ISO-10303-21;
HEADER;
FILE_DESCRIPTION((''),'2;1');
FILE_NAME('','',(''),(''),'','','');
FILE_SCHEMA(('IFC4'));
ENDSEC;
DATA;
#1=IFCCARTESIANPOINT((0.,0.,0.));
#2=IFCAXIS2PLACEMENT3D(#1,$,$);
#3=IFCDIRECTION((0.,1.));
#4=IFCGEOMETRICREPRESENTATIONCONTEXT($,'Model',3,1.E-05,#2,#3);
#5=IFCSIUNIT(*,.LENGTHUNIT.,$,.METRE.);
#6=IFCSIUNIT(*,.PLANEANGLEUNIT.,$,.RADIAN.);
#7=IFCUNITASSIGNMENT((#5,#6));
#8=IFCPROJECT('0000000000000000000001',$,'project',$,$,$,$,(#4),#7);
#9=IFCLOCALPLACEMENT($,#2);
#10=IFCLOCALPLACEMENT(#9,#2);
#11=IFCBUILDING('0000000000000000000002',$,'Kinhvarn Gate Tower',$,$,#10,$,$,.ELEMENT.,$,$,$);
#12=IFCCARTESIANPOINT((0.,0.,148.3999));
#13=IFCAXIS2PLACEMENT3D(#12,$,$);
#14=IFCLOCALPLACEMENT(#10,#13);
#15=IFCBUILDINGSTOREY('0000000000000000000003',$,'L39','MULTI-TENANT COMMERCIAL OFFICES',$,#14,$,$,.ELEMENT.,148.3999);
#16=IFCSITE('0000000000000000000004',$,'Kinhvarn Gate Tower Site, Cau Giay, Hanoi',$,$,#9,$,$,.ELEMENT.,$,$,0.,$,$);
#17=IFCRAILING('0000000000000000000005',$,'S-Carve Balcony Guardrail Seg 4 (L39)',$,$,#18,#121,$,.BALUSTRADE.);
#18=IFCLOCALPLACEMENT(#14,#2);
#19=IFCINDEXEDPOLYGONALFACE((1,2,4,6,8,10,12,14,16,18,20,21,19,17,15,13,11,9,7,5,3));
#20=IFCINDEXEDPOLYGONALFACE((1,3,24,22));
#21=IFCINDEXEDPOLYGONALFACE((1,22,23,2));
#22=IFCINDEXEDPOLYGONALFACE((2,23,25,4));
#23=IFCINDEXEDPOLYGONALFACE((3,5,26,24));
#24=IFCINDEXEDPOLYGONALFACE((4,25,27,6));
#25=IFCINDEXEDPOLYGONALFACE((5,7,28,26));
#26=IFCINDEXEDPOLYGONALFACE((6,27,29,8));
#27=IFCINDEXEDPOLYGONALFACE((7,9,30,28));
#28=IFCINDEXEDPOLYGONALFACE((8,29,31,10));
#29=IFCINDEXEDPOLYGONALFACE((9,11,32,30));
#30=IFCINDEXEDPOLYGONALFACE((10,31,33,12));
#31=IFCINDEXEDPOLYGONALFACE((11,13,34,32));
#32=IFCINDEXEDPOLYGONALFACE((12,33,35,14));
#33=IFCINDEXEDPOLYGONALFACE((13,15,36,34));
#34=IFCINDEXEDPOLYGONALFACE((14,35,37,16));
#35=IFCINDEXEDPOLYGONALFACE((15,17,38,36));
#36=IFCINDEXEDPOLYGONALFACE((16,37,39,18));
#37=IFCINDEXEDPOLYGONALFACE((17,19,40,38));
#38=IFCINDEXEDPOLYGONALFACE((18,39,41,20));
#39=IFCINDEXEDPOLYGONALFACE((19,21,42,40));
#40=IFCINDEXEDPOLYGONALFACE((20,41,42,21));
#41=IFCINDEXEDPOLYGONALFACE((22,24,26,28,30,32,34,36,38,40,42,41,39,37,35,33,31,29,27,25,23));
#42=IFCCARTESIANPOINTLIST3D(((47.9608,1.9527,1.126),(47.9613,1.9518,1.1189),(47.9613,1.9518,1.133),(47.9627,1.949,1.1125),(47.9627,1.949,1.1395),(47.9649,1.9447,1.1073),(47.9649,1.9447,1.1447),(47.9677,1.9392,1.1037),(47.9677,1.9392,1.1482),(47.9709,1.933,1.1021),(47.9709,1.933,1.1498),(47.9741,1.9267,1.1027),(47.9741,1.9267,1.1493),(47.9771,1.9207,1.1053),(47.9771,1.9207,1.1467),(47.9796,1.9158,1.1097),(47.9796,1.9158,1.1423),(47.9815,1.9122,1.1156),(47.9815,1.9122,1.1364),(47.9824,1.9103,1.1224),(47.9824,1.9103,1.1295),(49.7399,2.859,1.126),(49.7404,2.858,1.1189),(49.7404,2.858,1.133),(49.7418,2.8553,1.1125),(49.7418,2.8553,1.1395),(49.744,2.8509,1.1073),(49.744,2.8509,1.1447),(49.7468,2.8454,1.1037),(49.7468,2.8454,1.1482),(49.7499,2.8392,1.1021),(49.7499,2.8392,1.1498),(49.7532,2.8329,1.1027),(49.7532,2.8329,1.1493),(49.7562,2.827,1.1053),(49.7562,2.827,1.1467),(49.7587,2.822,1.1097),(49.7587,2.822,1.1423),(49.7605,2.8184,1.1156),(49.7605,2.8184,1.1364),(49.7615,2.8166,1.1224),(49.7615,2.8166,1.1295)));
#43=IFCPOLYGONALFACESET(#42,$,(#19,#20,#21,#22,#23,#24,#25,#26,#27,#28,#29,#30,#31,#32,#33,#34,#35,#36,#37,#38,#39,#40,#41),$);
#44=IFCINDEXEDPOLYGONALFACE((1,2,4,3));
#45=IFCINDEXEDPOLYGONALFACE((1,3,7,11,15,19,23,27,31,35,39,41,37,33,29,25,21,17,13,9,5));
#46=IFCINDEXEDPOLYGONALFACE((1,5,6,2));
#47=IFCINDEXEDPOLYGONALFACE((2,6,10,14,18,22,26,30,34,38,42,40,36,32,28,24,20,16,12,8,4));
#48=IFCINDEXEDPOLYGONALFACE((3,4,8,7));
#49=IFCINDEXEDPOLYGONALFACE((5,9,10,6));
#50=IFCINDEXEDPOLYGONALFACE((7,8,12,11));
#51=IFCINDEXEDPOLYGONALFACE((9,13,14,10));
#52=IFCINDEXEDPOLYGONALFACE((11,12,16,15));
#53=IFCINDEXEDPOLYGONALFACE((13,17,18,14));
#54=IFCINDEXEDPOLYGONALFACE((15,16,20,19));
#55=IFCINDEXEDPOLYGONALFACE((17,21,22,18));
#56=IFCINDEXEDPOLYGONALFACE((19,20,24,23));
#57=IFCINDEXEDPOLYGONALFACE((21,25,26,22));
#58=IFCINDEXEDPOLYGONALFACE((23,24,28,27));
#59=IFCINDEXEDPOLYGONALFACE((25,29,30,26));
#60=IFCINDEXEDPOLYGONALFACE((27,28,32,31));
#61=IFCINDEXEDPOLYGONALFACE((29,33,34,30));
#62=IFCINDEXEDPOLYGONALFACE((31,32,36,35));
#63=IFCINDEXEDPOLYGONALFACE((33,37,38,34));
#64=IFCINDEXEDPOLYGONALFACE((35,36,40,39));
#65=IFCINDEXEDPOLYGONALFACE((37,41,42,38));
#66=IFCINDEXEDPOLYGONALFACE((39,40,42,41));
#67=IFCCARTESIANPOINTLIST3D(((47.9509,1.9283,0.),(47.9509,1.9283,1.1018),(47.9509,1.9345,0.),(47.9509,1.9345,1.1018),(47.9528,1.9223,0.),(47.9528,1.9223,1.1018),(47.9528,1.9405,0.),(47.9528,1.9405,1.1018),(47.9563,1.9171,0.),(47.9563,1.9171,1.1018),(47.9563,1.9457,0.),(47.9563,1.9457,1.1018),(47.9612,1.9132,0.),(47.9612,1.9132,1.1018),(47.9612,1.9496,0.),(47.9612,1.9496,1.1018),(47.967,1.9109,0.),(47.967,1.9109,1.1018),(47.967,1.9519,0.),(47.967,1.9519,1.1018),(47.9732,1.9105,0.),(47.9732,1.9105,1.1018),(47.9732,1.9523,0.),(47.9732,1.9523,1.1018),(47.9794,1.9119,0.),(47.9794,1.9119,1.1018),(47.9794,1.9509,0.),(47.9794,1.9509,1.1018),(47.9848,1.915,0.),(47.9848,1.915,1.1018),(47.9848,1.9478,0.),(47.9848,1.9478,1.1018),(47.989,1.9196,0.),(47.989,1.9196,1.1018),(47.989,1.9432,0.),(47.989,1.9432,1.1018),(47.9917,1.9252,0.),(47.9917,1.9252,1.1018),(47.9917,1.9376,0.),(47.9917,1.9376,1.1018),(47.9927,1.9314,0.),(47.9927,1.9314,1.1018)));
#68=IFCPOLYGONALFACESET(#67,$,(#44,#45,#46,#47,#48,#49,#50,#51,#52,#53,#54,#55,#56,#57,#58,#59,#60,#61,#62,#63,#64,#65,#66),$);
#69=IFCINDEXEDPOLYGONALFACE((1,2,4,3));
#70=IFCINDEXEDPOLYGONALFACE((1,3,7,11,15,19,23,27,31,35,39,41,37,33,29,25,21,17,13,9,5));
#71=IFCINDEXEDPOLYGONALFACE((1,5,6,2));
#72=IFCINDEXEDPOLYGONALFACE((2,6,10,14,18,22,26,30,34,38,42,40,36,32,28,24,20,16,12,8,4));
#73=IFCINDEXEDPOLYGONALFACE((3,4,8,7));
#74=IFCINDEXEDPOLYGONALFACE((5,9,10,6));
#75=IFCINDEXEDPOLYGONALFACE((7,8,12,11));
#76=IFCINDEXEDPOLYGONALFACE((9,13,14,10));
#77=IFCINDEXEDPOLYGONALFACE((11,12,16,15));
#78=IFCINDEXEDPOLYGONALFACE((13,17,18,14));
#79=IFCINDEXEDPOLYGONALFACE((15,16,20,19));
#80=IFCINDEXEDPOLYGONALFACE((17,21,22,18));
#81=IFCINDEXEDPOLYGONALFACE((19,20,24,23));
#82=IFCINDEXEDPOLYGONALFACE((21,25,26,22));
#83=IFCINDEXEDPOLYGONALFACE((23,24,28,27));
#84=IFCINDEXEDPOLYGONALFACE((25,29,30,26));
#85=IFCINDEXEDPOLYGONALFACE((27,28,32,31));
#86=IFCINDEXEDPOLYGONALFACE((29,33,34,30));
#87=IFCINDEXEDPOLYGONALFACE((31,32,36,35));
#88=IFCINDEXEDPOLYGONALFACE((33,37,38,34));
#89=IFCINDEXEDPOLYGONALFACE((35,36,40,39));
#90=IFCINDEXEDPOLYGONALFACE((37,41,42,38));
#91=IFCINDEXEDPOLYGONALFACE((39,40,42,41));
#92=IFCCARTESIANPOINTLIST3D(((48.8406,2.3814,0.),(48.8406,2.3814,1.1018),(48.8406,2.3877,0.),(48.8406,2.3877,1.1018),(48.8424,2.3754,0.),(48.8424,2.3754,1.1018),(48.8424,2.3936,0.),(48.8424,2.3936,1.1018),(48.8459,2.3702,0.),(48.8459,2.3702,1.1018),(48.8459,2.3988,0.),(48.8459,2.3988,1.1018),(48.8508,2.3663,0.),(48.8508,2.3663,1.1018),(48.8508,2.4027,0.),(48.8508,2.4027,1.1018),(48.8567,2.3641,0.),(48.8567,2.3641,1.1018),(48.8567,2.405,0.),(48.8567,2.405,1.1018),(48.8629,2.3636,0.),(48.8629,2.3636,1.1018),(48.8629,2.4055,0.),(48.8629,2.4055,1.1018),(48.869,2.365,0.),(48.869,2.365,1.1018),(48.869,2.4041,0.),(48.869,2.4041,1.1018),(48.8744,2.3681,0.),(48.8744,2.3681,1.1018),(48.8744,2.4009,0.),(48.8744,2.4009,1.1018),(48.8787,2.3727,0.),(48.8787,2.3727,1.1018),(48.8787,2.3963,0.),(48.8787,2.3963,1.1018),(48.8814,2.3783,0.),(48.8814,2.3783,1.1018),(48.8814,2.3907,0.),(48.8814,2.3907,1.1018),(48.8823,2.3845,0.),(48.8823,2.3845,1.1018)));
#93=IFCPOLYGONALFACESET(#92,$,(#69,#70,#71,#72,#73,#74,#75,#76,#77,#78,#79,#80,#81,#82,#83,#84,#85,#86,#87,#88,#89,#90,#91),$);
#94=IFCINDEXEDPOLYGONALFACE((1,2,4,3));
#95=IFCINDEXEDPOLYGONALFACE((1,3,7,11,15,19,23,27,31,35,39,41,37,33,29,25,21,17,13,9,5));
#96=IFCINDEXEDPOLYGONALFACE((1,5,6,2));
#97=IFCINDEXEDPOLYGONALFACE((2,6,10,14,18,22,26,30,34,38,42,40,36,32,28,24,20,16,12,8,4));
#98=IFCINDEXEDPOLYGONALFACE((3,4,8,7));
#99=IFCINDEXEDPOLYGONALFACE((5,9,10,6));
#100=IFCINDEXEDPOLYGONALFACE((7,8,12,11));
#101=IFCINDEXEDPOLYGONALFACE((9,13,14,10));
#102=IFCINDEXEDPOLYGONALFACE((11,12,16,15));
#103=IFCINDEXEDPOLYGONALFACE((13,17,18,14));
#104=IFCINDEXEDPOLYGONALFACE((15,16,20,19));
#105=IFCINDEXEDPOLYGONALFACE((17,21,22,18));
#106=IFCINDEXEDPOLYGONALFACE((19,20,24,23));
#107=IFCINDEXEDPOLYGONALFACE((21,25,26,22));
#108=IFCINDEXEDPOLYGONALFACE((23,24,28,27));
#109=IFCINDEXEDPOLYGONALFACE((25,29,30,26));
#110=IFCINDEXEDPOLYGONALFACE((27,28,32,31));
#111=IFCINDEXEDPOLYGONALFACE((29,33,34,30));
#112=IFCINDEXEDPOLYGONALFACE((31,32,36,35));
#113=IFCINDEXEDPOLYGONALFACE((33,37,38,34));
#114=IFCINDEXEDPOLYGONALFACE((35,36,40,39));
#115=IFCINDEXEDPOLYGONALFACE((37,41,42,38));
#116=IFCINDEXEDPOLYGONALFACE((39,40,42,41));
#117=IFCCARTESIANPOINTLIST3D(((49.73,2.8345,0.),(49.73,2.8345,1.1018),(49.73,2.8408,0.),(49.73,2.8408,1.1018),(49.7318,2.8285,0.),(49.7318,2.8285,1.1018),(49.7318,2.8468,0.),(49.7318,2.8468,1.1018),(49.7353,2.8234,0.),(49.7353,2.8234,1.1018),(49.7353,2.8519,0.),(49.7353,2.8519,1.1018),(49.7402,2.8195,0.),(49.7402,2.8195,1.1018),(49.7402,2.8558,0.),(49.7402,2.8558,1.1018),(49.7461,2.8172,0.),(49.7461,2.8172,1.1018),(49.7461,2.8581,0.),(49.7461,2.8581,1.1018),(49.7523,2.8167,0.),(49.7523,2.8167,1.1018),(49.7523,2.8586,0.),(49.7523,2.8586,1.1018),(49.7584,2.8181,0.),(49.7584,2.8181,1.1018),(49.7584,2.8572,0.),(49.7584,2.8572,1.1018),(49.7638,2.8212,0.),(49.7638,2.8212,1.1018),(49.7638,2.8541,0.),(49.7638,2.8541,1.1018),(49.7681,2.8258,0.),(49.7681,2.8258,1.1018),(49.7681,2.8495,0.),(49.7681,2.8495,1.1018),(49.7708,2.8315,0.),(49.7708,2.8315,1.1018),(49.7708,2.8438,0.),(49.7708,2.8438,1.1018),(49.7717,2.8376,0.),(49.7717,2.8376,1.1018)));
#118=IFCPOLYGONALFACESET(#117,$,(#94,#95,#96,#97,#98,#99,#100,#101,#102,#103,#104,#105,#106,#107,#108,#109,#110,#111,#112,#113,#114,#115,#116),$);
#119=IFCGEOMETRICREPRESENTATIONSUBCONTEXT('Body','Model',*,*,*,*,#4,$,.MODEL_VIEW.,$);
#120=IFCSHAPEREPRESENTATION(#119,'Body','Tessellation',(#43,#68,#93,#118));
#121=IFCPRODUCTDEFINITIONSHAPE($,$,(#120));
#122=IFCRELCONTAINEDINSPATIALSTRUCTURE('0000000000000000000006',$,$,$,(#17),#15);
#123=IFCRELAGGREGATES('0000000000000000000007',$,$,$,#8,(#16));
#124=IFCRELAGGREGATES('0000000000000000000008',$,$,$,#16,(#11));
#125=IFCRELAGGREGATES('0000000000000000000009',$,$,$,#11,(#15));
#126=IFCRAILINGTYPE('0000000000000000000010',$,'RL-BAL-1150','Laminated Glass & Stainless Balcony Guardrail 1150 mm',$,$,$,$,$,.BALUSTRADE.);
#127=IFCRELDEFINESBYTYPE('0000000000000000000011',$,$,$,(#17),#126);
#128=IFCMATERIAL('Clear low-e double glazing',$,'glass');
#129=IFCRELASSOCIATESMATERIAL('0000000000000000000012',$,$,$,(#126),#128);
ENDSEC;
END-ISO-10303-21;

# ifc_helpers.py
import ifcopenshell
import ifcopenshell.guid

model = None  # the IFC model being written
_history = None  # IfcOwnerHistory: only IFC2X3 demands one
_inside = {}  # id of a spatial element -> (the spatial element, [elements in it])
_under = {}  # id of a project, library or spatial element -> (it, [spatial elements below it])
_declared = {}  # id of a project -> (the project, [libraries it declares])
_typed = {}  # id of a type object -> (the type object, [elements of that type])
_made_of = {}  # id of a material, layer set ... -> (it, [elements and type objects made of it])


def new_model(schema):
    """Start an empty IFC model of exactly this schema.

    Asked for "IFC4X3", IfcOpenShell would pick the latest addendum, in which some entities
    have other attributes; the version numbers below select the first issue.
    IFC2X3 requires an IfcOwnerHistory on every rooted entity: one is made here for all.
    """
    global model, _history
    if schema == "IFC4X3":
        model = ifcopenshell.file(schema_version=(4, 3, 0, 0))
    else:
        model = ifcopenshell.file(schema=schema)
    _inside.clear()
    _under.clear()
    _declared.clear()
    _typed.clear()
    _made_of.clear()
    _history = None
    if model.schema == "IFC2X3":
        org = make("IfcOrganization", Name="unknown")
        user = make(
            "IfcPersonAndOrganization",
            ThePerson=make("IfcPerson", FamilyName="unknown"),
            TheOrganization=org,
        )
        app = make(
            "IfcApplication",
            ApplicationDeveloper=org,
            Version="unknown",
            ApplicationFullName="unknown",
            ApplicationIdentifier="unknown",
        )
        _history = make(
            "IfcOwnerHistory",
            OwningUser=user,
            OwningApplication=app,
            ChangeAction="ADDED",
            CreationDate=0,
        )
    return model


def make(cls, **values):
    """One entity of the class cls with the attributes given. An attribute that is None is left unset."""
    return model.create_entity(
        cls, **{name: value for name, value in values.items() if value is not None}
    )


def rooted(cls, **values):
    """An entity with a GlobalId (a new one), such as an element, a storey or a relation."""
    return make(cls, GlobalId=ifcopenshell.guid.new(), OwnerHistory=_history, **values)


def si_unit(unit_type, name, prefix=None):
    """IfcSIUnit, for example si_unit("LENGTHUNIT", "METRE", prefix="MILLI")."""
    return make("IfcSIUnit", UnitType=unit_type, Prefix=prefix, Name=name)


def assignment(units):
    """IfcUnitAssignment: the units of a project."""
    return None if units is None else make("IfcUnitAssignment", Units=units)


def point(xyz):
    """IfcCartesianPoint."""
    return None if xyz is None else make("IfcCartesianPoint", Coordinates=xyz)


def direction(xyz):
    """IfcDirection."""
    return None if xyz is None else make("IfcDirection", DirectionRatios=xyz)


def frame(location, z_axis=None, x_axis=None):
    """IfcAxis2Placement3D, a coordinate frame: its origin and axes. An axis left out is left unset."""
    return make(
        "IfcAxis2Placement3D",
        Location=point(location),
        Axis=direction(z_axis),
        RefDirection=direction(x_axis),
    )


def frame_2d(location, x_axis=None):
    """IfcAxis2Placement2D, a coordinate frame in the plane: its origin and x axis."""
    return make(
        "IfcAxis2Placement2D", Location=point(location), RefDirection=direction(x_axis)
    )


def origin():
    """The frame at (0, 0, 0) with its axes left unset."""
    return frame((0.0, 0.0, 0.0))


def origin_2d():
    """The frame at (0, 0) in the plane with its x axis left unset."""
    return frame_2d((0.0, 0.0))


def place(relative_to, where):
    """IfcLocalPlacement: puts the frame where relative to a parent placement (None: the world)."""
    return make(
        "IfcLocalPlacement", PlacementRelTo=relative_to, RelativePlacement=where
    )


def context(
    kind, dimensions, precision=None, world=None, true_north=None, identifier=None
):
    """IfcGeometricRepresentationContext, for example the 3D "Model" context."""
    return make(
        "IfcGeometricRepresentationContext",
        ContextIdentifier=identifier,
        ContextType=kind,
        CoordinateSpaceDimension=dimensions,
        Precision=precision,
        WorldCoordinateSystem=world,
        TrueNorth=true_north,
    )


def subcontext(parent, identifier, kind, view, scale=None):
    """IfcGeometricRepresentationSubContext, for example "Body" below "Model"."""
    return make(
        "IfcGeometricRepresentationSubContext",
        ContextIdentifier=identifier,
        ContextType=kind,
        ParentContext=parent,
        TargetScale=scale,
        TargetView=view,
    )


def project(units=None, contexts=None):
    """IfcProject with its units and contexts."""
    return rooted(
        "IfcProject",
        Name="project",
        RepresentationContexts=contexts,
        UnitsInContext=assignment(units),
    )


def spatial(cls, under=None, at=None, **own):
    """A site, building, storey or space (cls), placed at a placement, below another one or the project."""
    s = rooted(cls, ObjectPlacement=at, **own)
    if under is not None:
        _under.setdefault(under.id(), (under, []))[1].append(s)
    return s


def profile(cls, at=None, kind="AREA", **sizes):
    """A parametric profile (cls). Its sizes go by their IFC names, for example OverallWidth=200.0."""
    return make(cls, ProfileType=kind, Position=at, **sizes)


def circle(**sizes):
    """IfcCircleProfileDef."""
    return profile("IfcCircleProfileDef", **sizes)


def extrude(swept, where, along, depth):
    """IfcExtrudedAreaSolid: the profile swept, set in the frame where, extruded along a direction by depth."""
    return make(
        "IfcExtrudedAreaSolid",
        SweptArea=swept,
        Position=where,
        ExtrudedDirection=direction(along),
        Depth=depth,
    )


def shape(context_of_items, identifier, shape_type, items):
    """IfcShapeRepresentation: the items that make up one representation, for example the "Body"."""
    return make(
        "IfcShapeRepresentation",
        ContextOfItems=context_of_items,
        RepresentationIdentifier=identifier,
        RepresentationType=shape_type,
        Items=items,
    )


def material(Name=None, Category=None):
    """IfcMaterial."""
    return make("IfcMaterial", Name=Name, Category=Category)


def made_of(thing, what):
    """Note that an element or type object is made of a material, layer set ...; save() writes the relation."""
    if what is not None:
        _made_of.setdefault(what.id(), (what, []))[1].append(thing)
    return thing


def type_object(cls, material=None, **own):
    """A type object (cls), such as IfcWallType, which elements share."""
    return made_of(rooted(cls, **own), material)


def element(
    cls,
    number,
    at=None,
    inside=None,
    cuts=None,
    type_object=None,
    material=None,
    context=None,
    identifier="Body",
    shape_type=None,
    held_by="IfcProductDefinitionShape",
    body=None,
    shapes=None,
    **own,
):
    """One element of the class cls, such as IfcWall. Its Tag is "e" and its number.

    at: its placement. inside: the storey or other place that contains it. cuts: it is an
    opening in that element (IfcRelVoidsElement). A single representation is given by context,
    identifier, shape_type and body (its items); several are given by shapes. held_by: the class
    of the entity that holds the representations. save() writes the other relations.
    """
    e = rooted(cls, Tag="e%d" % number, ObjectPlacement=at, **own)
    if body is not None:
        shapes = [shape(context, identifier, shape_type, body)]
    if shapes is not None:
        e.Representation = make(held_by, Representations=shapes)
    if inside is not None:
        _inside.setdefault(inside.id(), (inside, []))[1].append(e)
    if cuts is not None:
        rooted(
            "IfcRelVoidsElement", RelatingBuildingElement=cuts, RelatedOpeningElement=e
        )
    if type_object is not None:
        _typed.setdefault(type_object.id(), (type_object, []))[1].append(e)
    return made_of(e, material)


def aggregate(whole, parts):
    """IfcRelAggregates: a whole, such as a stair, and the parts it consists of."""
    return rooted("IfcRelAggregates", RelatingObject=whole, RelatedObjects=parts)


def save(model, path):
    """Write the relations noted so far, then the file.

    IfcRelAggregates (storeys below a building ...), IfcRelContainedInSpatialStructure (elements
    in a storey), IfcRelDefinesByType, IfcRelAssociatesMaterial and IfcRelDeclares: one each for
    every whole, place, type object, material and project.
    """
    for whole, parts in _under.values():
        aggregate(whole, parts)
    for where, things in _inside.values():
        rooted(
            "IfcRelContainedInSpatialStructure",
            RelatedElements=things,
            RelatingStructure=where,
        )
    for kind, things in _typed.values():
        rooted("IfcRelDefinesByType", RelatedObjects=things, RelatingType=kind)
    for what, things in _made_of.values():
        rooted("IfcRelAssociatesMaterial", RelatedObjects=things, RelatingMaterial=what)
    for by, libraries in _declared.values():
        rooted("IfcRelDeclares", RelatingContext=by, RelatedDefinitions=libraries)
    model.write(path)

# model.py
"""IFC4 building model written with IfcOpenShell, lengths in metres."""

from ifc_helpers import new_model, si_unit, direction, frame, origin, origin_2d, place, context, subcontext, project, spatial, circle, extrude, material, type_object, element, save


model = new_model("IFC4")

# Units and contexts
model_context = context("Model", 3, precision=1e-05, world=origin(), true_north=direction((0.0, 1.0)))
body_context = subcontext(model_context, "Body", "Model", "MODEL_VIEW")
ifc_project = project(units=[si_unit("LENGTHUNIT", "METRE"), si_unit("PLANEANGLEUNIT", "RADIAN")], contexts=[model_context])

# Site, building, storey
site_placement = place(None, origin())
site = spatial("IfcSite", under=ifc_project, at=site_placement, Name="Kinhvarn Gate Tower Site, Cau Giay, Hanoi", CompositionType="ELEMENT", RefElevation=0.0)
building_placement = place(site_placement, origin())
building = spatial("IfcBuilding", under=site, at=building_placement, Name="Kinhvarn Gate Tower", CompositionType="ELEMENT")
storey_placement = place(building_placement, frame((0.0, 0.0, 148.3999)))
storey = spatial("IfcBuildingStorey", under=building, at=storey_placement, Name="L39", Description="MULTI-TENANT COMMERCIAL OFFICES", CompositionType="ELEMENT", Elevation=148.3999)

# Shared definitions
ifc_material_1 = material(Name="Clear low-e double glazing", Category="glass")

# Railing
railing_type = type_object("IfcRailingType", Name="RL-BAL-1150", Description="Laminated Glass & Stainless Balcony Guardrail 1150 mm", PredefinedType="BALUSTRADE", material=ifc_material_1)
railing_1_placement = place(storey_placement, frame((47.9717, 1.9314, 0.0)))
element("IfcRailing", 1, at=railing_1_placement, inside=storey, type_object=railing_type, Name="S-Carve Balcony Guardrail Seg 4 (L39)", PredefinedType="BALUSTRADE", context=body_context, shape_type="SweptSolid", body=[
    extrude(circle(Radius=0.0239, at=origin_2d()), frame((0.0, 0.0, 1.126), z_axis=(0.891052, 0.453902, 0.0), x_axis=(-0.453902, 0.891052, 0.0)), (0.0, 0.0, 1.0), 1.9966),
    extrude(circle(Radius=0.021, at=origin_2d()), origin(), (0.0, 0.0, 1.0), 1.1018),
    extrude(circle(Radius=0.021, at=origin_2d()), frame((0.8896, 0.4531, 0.0)), (0.0, 0.0, 1.0), 1.1018),
    extrude(circle(Radius=0.021, at=origin_2d()), frame((1.7791, 0.9062, 0.0)), (0.0, 0.0, 1.0), 1.1018),
])

save(model, "model.ifc")
